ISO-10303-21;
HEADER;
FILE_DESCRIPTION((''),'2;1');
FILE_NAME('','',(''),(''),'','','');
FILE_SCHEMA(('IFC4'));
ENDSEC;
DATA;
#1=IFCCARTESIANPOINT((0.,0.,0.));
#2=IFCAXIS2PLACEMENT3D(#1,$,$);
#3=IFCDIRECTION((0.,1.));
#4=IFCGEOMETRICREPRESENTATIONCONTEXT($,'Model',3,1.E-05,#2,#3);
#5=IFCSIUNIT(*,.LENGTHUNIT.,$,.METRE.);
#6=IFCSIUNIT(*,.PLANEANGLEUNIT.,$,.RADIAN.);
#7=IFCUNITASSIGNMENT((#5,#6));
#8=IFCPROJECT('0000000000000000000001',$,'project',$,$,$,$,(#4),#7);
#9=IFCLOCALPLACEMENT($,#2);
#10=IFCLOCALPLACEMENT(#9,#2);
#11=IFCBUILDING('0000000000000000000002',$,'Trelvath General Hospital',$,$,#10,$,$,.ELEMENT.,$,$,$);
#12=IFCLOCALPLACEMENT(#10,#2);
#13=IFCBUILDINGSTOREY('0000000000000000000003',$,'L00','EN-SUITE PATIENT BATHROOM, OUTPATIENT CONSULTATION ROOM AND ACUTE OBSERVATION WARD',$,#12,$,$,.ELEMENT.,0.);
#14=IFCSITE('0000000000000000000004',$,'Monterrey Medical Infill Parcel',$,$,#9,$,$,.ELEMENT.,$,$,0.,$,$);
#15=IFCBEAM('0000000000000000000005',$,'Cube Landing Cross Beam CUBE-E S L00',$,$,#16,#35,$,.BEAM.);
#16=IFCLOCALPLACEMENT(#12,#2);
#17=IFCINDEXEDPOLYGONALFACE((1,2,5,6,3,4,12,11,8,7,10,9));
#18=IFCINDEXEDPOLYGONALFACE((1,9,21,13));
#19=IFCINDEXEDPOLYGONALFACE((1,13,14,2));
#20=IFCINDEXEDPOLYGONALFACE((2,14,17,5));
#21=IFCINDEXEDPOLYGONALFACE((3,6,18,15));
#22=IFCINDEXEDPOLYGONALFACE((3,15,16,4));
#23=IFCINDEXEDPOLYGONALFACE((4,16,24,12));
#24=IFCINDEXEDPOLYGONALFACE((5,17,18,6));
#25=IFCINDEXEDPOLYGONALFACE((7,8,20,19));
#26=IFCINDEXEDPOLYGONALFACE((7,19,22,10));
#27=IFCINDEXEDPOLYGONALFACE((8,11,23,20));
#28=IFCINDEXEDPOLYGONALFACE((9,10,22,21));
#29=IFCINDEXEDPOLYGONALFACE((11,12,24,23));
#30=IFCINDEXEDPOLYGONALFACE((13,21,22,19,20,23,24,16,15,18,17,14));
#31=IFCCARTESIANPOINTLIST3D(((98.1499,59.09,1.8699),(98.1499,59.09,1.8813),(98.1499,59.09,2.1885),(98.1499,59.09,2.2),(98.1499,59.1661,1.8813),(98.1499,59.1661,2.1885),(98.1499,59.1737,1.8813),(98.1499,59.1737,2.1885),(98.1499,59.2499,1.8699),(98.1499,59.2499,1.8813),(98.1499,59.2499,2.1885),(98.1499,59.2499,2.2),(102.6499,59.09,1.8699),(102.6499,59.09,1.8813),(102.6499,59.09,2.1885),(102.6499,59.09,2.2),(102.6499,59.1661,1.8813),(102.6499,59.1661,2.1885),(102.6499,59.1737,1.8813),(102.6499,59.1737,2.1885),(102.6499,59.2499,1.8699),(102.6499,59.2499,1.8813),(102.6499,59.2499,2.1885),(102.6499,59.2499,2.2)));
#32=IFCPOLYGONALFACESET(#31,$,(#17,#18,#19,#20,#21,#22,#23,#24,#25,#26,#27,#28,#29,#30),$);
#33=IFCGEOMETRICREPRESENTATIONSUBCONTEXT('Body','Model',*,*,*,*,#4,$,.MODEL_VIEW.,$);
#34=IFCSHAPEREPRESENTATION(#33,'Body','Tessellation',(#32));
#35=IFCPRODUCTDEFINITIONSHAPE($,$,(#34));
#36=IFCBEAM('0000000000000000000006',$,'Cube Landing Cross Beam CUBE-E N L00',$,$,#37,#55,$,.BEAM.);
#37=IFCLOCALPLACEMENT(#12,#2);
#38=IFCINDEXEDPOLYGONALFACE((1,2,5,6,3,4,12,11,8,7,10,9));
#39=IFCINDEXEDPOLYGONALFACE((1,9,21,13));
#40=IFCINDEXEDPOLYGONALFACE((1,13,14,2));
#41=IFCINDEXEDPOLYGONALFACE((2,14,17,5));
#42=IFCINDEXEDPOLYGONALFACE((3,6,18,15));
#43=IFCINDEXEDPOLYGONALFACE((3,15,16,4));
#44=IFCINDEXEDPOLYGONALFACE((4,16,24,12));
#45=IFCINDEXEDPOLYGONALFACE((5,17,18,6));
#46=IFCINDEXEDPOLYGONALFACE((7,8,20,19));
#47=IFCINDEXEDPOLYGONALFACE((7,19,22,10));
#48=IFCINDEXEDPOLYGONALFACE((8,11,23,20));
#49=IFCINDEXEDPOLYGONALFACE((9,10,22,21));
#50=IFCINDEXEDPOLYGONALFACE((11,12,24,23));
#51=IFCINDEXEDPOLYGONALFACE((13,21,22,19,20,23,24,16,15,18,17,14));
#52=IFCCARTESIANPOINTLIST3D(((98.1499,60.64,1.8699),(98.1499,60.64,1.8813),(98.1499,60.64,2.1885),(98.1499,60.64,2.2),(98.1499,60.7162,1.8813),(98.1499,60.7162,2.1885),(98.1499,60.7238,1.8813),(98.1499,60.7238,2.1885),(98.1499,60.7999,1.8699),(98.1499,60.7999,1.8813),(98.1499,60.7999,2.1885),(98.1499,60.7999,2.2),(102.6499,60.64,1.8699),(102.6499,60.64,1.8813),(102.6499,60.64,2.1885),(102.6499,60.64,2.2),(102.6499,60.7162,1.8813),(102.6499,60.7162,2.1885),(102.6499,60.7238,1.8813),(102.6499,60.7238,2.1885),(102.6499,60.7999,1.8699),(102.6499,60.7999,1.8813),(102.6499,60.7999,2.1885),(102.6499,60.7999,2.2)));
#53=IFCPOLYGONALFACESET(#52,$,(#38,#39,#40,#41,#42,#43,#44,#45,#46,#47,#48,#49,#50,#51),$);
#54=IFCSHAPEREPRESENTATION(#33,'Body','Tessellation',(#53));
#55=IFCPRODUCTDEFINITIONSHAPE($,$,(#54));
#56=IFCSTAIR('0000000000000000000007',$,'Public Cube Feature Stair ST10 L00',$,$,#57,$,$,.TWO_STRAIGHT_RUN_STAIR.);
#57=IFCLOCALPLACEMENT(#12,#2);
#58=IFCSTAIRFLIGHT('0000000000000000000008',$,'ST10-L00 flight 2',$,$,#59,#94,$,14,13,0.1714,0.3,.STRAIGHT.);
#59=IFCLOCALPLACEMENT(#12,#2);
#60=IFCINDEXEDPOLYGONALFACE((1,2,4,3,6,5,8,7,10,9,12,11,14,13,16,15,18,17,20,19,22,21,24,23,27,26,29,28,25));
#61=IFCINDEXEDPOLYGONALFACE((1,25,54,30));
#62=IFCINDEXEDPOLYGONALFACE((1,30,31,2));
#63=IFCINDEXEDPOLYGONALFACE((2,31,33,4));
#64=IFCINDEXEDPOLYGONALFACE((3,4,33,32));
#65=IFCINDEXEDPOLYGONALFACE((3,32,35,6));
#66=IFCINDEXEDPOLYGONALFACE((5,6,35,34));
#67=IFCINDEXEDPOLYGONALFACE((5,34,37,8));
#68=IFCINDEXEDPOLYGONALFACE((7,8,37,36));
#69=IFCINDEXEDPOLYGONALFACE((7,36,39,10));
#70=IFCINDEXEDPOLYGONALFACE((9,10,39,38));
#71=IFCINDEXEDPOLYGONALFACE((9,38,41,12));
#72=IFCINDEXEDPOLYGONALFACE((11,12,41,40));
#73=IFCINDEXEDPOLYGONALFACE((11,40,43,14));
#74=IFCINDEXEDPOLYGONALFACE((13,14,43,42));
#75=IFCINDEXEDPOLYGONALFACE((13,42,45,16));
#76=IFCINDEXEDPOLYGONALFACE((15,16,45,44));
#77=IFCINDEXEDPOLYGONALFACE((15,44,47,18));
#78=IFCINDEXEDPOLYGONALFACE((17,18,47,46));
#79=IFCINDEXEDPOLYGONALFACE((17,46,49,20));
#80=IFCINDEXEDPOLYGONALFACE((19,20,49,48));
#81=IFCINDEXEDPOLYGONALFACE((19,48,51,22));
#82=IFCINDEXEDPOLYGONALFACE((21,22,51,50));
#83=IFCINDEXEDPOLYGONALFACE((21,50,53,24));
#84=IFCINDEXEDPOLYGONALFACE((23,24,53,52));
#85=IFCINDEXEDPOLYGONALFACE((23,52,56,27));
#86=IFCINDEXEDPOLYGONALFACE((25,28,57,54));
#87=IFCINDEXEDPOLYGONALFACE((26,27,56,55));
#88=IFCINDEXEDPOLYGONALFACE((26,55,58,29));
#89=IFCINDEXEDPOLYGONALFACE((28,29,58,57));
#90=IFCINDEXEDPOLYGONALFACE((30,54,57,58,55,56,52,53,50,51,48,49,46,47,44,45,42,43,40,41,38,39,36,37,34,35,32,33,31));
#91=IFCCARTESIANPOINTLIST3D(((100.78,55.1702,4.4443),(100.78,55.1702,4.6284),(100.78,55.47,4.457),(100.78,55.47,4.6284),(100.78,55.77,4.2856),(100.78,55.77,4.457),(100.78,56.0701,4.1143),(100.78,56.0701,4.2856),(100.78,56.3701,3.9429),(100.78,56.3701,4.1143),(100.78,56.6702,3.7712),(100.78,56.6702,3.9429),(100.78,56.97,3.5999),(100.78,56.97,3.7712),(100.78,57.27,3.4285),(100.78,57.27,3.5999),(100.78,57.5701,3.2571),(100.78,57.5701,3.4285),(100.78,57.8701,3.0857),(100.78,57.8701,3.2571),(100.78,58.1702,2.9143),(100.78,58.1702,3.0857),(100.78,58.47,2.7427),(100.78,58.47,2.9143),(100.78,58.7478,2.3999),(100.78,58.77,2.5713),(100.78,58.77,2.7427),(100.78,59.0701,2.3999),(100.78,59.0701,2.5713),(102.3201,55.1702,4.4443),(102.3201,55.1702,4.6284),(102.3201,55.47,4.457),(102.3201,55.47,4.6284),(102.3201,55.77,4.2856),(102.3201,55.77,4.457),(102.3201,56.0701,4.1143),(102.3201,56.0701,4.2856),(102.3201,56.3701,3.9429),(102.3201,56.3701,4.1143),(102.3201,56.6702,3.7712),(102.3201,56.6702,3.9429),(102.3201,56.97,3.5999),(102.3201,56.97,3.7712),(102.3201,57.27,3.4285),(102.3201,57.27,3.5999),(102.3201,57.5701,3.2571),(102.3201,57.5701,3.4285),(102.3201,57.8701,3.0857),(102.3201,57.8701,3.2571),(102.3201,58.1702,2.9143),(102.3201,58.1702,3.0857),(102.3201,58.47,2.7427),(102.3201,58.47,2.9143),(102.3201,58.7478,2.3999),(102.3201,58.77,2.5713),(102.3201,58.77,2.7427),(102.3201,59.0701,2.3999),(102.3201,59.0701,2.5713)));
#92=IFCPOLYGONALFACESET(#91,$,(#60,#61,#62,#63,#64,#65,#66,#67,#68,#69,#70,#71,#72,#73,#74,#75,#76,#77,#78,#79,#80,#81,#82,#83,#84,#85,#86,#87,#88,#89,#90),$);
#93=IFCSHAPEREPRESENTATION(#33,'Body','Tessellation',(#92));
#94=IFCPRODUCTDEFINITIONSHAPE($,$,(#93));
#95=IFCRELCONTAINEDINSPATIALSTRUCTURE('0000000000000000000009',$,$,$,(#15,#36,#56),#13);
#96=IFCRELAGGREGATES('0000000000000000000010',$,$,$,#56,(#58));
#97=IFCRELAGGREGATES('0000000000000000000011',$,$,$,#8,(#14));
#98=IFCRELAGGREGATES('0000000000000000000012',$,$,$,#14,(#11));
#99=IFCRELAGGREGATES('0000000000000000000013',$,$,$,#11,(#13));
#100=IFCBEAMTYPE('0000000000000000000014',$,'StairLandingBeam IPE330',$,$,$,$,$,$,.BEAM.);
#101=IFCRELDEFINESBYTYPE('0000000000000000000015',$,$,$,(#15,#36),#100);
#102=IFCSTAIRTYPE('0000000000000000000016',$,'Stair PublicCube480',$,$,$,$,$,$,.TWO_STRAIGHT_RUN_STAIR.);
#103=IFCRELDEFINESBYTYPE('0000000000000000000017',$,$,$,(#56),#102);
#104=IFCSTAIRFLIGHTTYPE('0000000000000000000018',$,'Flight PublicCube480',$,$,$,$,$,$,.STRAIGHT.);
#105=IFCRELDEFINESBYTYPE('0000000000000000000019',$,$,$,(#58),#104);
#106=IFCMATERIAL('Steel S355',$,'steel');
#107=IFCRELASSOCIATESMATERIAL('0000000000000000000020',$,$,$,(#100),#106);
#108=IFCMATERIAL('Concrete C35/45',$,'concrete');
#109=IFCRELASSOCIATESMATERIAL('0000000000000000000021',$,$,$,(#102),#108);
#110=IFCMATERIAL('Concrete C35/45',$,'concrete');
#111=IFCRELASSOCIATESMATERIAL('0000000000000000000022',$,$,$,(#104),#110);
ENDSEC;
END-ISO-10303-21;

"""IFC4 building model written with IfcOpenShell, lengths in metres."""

from ifc_helpers import new_model, si_unit, direction, frame, origin, origin_2d, place, context, subcontext, project, spatial, polyline, i_section, outline, extrude, material, material_profile, profile_set, type_object, element, aggregate, save


model = new_model("IFC4")

# Units and contexts
model_context = context("Model", 3, precision=1e-05, world=origin(), true_north=direction((0.0, 1.0)))
body_context = subcontext(model_context, "Body", "Model", "MODEL_VIEW")
ifc_project = project(units=[si_unit("LENGTHUNIT", "METRE"), si_unit("PLANEANGLEUNIT", "RADIAN")], contexts=[model_context])

# Site, building, storey
site_placement = place(None, origin())
site = spatial("IfcSite", under=ifc_project, at=site_placement, Name="Monterrey Medical Infill Parcel", CompositionType="ELEMENT", RefElevation=0.0)
building_placement = place(site_placement, origin())
building = spatial("IfcBuilding", under=site, at=building_placement, Name="Trelvath General Hospital", CompositionType="ELEMENT")
storey_placement = place(building_placement, origin())
storey = spatial("IfcBuildingStorey", under=building, at=storey_placement, Name="L00", Description="EN-SUITE PATIENT BATHROOM, OUTPATIENT CONSULTATION ROOM AND ACUTE OBSERVATION WARD", CompositionType="ELEMENT", Elevation=0.0)

# Beams
ifc_material_1 = material(Name="Steel S355", Category="steel")
ifc_material_profile_1 = material_profile(ifc_material_1, i_section(OverallWidth=0.1599, OverallDepth=0.3301, WebThickness=0.0076, FlangeThickness=0.0115, at=origin_2d()), Name="IPE330")
ifc_profile_set_1 = profile_set([ifc_material_profile_1], Name="Steel S355")
beam_type_1 = type_object("IfcBeamType", Name="StairLandingBeam IPE330", PredefinedType="BEAM", material=ifc_profile_set_1)
for number, where, z_axis, x_axis, name in (
    (1, (98.1499, 59.1699, 2.0349), (1.0, 0.0, 0.0), (0.0, 1.0, 0.0), "Cube Landing Cross Beam CUBE-E S L00"),
    (2, (98.1499, 60.72, 2.0349), (1.0, 0.0, 0.0), (0.0, 1.0, 0.0), "Cube Landing Cross Beam CUBE-E N L00"),
):
    element("IfcBeam", number, at=place(storey_placement, frame(where, z_axis=z_axis, x_axis=x_axis)), inside=storey, type_object=beam_type_1, Name=name, PredefinedType="BEAM", context=body_context, shape_type="SweptSolid", body=[
        extrude(i_section(OverallWidth=0.1599, OverallDepth=0.3301, WebThickness=0.0076, FlangeThickness=0.0115, at=origin_2d()), origin(), (0.0, 0.0, 1.0), 4.5),
    ])

# Stair, stair flight
ifc_material_2 = material(Name="Concrete C35/45", Category="concrete")
stair_type = type_object("IfcStairType", Name="Stair PublicCube480", PredefinedType="TWO_STRAIGHT_RUN_STAIR", material=ifc_material_2)
stair_placement = place(storey_placement, origin())
stair = element("IfcStair", 3, at=stair_placement, inside=storey, type_object=stair_type, Name="Public Cube Feature Stair ST10 L00", PredefinedType="TWO_STRAIGHT_RUN_STAIR")
ifc_material_3 = material(Name="Concrete C35/45", Category="concrete")
stair_flight_type = type_object("IfcStairFlightType", Name="Flight PublicCube480", PredefinedType="STRAIGHT", material=ifc_material_3)
stair_flight_placement = place(storey_placement, frame((101.55, 59.0701, 2.3999), z_axis=(0.0, 0.0, 1.0), x_axis=(0.0, -1.0, 0.0)))
stair_flight = element("IfcStairFlight", 4, at=stair_flight_placement, type_object=stair_flight_type, Name="ST10-L00 flight 2", NumberOfRisers=14, NumberOfTreads=13, PredefinedType="STRAIGHT", RiserHeight=0.1714, TreadLength=0.3, context=body_context, shape_type="SweptSolid", body=[
    extrude(outline(polyline([(0.0, 0.0), (0.0, 0.1714), (0.3, 0.1714), (0.3, 0.3428), (0.6001, 0.3428), (0.6001, 0.5144), (0.8999, 0.5144), (0.8999, 0.6858), (1.2, 0.6858), (1.2, 0.8572), (1.5, 0.8572), (1.5, 1.0286), (1.8, 1.0286), (1.8, 1.2), (2.1001, 1.2), (2.1001, 1.3713), (2.3999, 1.3713), (2.3999, 1.543), (2.7, 1.543), (2.7, 1.7144), (3.0, 1.7144), (3.0, 1.8857), (3.3, 1.8857), (3.3, 2.0571), (3.6001, 2.0571), (3.6001, 2.2285), (3.8999, 2.2285), (3.8999, 2.3999), (3.8999, 2.0444), (0.3223, 0.0), (0.0, 0.0)])), frame((0.0, 0.77, 0.0), z_axis=(0.0, -1.0, 0.0), x_axis=(1.0, 0.0, 0.0)), (0.0, 0.0, 1.0), 1.54),
])
aggregate(stair, [stair_flight])

save(model, "model.ifc")
